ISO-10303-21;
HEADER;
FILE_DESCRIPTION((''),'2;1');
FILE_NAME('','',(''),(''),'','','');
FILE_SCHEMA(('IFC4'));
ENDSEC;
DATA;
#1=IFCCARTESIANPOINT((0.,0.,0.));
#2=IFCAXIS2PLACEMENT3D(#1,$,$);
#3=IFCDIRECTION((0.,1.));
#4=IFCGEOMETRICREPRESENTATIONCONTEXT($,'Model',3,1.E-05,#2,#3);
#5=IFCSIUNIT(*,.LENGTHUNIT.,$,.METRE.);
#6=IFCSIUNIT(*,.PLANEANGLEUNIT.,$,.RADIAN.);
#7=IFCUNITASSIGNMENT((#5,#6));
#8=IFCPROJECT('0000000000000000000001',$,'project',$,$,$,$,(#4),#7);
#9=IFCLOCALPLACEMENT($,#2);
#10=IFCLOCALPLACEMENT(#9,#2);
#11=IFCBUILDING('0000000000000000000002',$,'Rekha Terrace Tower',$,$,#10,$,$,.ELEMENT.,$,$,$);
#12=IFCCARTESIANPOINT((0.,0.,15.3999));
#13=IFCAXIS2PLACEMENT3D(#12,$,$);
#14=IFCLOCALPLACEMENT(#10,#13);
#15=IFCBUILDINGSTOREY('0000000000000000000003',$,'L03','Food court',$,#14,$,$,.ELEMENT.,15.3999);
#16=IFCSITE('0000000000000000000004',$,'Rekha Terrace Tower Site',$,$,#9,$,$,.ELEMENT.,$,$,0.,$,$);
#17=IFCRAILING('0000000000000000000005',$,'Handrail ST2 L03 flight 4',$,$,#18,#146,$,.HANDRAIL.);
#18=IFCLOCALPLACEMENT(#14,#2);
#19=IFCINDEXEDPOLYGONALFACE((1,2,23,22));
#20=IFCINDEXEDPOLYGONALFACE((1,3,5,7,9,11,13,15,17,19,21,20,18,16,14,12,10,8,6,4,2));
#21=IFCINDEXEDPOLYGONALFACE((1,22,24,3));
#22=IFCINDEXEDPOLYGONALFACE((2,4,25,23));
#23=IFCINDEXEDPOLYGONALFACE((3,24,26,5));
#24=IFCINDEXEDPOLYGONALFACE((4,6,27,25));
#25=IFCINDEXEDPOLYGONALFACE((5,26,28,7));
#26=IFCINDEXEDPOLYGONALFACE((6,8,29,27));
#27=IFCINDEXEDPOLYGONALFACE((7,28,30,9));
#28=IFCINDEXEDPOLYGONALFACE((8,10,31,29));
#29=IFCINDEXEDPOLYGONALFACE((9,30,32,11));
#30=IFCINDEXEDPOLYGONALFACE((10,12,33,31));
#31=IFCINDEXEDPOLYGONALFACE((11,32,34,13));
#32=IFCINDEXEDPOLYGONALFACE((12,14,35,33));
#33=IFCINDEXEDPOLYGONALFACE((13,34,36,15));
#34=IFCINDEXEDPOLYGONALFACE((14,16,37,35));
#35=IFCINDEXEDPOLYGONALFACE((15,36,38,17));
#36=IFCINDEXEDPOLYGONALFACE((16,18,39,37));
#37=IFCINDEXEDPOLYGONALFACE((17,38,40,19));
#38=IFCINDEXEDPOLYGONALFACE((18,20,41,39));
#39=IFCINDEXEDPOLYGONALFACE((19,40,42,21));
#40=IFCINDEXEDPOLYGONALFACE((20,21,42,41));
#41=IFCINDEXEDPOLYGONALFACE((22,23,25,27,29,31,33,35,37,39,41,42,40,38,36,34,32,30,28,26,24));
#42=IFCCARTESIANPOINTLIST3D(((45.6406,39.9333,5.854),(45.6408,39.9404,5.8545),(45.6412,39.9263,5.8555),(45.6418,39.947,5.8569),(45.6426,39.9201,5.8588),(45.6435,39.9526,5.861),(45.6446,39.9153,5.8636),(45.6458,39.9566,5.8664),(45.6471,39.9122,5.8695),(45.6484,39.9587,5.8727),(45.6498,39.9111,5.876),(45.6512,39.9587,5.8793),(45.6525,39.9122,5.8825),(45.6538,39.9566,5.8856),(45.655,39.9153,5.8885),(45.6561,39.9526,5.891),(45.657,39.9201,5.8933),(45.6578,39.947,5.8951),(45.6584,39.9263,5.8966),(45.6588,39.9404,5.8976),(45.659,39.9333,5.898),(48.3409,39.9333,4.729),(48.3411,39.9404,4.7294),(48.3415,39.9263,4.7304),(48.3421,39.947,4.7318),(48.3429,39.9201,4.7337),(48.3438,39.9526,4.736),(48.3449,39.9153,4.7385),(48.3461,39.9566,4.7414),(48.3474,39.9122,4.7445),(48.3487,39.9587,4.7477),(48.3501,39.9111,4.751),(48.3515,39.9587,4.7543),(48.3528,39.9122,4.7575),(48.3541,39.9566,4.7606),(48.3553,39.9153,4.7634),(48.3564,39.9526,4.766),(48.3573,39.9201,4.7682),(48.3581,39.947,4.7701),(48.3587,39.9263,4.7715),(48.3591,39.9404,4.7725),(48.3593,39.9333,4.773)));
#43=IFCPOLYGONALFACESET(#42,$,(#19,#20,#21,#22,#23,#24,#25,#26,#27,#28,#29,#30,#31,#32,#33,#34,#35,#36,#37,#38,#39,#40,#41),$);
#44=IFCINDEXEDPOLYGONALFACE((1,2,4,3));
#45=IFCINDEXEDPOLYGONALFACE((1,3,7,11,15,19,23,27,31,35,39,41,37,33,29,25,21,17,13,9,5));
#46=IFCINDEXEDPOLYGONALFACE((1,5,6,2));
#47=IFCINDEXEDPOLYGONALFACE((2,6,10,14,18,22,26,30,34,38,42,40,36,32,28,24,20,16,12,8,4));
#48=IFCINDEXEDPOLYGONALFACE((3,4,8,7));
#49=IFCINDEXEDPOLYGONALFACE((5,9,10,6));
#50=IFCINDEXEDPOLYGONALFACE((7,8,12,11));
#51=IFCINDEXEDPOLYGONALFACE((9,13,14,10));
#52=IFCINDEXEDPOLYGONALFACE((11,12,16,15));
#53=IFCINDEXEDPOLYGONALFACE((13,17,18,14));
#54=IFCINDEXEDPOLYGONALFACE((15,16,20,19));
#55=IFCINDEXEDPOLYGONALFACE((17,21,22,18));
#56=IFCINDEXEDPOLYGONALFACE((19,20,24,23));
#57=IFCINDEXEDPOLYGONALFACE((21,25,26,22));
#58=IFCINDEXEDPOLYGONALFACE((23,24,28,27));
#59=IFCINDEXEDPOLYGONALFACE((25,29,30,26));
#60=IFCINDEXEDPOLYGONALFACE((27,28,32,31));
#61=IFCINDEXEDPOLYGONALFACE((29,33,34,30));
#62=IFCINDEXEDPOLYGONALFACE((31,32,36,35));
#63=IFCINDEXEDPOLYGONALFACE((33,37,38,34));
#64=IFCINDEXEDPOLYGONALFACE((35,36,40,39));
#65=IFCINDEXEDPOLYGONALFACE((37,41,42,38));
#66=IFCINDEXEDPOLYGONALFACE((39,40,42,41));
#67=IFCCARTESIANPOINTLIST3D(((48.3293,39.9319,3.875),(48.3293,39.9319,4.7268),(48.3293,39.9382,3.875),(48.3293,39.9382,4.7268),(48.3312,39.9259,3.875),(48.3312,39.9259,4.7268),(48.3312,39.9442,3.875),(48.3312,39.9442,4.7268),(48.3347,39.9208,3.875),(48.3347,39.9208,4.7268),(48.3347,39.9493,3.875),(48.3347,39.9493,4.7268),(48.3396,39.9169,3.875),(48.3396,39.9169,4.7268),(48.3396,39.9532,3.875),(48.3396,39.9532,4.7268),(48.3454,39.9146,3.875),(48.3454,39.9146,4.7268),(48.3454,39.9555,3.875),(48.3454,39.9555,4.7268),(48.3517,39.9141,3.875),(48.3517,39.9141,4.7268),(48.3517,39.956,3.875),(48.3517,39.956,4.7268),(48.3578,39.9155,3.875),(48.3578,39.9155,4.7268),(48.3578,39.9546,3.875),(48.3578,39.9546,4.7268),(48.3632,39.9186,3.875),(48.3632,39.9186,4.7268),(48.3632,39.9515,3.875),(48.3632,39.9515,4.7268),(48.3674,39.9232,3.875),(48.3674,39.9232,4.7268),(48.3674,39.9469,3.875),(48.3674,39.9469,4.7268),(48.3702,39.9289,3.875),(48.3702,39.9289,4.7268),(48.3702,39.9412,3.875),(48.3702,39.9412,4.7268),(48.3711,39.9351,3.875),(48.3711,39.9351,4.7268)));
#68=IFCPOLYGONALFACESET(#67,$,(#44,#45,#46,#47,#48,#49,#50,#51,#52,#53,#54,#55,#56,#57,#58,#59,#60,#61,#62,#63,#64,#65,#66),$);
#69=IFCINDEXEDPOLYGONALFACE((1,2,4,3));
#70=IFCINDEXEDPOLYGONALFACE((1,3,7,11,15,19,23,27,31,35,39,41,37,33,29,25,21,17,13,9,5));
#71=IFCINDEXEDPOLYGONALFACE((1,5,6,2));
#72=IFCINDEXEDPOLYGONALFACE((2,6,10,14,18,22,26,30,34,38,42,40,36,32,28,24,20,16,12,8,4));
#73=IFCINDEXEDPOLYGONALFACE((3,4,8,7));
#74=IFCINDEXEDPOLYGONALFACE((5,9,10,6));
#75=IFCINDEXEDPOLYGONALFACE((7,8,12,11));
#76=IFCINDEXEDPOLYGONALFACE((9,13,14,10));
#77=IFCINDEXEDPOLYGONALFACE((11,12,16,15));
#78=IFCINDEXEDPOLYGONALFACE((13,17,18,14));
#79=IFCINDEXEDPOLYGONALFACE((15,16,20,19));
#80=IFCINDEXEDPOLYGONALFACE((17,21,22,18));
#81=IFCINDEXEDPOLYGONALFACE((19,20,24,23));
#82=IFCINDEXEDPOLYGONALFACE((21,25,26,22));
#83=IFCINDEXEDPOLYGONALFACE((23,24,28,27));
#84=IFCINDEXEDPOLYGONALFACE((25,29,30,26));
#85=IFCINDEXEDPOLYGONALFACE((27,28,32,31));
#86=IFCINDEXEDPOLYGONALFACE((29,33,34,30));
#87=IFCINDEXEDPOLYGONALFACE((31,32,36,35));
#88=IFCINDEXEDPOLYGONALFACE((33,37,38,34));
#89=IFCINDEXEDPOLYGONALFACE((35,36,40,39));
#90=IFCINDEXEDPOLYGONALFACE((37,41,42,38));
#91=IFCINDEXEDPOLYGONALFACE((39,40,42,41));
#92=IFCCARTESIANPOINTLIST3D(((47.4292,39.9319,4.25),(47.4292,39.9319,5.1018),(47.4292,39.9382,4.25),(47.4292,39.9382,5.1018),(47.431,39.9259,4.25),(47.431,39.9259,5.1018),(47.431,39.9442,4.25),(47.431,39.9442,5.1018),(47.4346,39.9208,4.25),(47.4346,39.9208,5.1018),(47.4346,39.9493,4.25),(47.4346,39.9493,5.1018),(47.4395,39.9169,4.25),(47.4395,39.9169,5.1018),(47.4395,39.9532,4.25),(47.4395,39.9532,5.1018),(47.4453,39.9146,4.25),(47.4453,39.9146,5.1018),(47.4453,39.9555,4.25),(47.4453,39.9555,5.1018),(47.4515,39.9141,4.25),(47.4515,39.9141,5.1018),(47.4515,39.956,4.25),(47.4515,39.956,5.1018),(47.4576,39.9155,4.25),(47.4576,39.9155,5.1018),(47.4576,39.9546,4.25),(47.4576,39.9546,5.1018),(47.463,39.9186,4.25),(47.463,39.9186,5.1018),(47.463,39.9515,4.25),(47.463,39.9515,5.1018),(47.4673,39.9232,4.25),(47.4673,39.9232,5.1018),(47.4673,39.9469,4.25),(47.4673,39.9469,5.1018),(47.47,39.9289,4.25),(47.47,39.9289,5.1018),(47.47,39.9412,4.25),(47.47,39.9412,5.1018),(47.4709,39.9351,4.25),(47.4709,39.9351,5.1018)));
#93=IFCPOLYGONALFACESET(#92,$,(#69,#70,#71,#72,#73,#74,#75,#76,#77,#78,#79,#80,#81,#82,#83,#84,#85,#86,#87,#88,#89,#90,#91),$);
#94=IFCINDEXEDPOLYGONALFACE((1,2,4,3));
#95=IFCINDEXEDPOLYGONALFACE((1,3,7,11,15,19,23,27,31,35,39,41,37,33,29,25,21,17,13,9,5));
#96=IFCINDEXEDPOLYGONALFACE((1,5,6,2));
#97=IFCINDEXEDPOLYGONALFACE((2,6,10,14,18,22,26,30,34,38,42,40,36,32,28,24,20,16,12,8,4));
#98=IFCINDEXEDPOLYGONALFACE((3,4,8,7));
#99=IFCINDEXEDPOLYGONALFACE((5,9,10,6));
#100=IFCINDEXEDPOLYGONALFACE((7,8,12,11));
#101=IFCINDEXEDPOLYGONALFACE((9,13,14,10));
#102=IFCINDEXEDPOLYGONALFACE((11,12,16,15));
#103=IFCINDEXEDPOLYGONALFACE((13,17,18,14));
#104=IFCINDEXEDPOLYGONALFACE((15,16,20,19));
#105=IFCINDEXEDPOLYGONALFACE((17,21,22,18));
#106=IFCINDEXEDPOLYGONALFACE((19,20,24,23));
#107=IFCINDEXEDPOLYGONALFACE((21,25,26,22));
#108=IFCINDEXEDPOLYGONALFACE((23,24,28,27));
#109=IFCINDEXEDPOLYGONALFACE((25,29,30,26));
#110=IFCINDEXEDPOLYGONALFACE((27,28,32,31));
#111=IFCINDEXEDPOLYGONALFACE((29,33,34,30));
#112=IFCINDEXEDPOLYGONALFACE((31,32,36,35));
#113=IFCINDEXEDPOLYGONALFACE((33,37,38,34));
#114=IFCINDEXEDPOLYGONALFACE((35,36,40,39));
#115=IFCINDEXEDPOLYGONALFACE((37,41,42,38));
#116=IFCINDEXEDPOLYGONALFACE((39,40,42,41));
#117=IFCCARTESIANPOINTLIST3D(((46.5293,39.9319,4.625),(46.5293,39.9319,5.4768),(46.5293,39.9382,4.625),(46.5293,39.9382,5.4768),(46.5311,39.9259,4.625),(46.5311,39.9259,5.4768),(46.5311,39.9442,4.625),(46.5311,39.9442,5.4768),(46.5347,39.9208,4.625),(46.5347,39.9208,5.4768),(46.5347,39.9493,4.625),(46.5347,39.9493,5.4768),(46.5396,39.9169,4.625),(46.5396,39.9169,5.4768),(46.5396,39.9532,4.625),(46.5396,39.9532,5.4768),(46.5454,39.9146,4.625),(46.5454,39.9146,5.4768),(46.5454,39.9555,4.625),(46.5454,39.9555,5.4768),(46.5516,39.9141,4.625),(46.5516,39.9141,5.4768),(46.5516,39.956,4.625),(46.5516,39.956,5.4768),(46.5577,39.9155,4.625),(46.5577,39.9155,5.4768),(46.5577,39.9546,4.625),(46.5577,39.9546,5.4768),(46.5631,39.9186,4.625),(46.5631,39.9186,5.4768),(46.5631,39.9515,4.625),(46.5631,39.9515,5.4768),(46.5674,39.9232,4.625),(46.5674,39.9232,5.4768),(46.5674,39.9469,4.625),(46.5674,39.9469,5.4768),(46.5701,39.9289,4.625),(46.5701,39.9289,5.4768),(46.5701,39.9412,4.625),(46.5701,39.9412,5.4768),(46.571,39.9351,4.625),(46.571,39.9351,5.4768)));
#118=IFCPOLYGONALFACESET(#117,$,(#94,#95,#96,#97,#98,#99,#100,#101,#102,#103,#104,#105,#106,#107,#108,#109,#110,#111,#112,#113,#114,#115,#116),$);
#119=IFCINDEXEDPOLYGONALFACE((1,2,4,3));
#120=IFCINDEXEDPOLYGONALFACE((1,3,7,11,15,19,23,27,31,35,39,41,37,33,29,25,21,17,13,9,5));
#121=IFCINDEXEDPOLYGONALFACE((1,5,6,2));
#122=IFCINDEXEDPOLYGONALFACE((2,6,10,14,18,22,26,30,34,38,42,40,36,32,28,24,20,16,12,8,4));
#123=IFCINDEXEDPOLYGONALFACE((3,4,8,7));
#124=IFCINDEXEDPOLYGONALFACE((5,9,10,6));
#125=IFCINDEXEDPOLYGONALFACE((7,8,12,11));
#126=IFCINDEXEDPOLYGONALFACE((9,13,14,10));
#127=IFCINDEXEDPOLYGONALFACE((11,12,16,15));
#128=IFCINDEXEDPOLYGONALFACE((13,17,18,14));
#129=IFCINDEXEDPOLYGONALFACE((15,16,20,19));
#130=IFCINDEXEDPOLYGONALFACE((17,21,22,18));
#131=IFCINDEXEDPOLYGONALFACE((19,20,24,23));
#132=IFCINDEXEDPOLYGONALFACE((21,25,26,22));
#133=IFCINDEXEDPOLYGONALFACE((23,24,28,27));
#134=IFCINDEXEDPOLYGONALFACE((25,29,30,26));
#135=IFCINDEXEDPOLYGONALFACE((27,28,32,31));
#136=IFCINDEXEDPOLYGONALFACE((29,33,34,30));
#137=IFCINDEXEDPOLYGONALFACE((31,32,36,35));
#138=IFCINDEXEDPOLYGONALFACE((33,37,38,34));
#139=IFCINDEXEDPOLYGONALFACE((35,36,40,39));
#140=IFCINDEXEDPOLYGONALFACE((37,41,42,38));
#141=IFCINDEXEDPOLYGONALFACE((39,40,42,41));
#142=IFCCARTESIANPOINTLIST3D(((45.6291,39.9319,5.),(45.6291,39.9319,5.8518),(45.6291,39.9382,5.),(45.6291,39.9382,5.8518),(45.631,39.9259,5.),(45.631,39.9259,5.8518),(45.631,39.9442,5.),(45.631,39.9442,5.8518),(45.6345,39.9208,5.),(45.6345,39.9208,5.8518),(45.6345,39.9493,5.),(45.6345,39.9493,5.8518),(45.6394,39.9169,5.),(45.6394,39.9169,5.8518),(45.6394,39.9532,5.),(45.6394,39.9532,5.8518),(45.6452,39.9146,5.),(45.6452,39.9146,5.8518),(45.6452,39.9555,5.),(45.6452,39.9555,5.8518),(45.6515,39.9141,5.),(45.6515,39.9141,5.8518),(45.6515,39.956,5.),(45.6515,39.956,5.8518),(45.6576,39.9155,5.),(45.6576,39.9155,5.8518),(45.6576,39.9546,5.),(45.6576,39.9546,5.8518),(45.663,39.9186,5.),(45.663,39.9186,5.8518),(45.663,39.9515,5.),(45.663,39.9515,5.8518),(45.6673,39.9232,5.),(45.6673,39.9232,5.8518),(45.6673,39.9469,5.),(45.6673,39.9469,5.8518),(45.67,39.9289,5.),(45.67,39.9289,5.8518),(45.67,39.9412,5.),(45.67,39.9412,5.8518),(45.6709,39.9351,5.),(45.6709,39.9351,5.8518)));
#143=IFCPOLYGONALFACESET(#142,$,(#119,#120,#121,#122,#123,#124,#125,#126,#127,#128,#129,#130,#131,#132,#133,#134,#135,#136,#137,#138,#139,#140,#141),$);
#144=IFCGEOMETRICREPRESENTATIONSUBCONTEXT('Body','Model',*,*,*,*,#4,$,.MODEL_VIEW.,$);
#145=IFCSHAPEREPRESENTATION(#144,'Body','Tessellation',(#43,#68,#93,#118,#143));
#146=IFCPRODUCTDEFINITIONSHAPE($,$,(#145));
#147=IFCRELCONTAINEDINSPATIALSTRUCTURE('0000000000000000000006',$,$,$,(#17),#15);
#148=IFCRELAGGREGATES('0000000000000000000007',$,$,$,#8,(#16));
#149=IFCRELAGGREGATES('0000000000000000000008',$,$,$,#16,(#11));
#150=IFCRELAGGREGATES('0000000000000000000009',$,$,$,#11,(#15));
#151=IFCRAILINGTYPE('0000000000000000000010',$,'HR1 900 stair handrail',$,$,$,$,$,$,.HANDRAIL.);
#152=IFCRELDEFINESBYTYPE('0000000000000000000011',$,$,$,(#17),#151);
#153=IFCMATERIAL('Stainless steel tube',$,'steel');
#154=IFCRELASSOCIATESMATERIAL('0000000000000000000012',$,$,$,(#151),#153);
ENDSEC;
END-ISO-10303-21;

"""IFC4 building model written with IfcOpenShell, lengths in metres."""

from ifc_helpers import new_model, si_unit, direction, frame, origin, origin_2d, place, context, subcontext, project, spatial, circle, extrude, material, type_object, element, save


model = new_model("IFC4")

# Units and contexts
model_context = context("Model", 3, precision=1e-05, world=origin(), true_north=direction((0.0, 1.0)))
body_context = subcontext(model_context, "Body", "Model", "MODEL_VIEW")
ifc_project = project(units=[si_unit("LENGTHUNIT", "METRE"), si_unit("PLANEANGLEUNIT", "RADIAN")], contexts=[model_context])

# Site, building, storey
site_placement = place(None, origin())
site = spatial("IfcSite", under=ifc_project, at=site_placement, Name="Rekha Terrace Tower Site", CompositionType="ELEMENT", RefElevation=0.0)
building_placement = place(site_placement, origin())
building = spatial("IfcBuilding", under=site, at=building_placement, Name="Rekha Terrace Tower", CompositionType="ELEMENT")
storey_placement = place(building_placement, frame((0.0, 0.0, 15.3999)))
storey = spatial("IfcBuildingStorey", under=building, at=storey_placement, Name="L03", Description="Food court", CompositionType="ELEMENT", Elevation=15.3999)

# Railing
ifc_material_1 = material(Name="Stainless steel tube", Category="steel")
railing_type_1 = type_object("IfcRailingType", Name="HR1 900 stair handrail", PredefinedType="HANDRAIL", material=ifc_material_1)
railing_1_placement = place(storey_placement, frame((48.3501, 39.9351, 3.875)))
element("IfcRailing", 1, at=railing_1_placement, inside=storey, type_object=railing_type_1, Name="Handrail ST2 L03 flight 4", PredefinedType="HANDRAIL", context=body_context, shape_type="SweptSolid", body=[
    extrude(circle(Radius=0.0239, at=origin_2d()), frame((0.0, 0.0, 0.876), z_axis=(-0.923087, 0.0, 0.384592), x_axis=(0.0, -1.0, 0.0)), (0.0, 0.0, 1.0), 2.9253),
    extrude(circle(Radius=0.021, at=origin_2d()), origin(), (0.0, 0.0, 1.0), 0.8518),
    extrude(circle(Radius=0.021, at=origin_2d()), frame((-0.9001, 0.0, 0.375)), (0.0, 0.0, 1.0), 0.8518),
    extrude(circle(Radius=0.021, at=origin_2d()), frame((-1.8, 0.0, 0.75)), (0.0, 0.0, 1.0), 0.8518),
    extrude(circle(Radius=0.021, at=origin_2d()), frame((-2.7002, 0.0, 1.125)), (0.0, 0.0, 1.0), 0.8518),
])

save(model, "model.ifc")
